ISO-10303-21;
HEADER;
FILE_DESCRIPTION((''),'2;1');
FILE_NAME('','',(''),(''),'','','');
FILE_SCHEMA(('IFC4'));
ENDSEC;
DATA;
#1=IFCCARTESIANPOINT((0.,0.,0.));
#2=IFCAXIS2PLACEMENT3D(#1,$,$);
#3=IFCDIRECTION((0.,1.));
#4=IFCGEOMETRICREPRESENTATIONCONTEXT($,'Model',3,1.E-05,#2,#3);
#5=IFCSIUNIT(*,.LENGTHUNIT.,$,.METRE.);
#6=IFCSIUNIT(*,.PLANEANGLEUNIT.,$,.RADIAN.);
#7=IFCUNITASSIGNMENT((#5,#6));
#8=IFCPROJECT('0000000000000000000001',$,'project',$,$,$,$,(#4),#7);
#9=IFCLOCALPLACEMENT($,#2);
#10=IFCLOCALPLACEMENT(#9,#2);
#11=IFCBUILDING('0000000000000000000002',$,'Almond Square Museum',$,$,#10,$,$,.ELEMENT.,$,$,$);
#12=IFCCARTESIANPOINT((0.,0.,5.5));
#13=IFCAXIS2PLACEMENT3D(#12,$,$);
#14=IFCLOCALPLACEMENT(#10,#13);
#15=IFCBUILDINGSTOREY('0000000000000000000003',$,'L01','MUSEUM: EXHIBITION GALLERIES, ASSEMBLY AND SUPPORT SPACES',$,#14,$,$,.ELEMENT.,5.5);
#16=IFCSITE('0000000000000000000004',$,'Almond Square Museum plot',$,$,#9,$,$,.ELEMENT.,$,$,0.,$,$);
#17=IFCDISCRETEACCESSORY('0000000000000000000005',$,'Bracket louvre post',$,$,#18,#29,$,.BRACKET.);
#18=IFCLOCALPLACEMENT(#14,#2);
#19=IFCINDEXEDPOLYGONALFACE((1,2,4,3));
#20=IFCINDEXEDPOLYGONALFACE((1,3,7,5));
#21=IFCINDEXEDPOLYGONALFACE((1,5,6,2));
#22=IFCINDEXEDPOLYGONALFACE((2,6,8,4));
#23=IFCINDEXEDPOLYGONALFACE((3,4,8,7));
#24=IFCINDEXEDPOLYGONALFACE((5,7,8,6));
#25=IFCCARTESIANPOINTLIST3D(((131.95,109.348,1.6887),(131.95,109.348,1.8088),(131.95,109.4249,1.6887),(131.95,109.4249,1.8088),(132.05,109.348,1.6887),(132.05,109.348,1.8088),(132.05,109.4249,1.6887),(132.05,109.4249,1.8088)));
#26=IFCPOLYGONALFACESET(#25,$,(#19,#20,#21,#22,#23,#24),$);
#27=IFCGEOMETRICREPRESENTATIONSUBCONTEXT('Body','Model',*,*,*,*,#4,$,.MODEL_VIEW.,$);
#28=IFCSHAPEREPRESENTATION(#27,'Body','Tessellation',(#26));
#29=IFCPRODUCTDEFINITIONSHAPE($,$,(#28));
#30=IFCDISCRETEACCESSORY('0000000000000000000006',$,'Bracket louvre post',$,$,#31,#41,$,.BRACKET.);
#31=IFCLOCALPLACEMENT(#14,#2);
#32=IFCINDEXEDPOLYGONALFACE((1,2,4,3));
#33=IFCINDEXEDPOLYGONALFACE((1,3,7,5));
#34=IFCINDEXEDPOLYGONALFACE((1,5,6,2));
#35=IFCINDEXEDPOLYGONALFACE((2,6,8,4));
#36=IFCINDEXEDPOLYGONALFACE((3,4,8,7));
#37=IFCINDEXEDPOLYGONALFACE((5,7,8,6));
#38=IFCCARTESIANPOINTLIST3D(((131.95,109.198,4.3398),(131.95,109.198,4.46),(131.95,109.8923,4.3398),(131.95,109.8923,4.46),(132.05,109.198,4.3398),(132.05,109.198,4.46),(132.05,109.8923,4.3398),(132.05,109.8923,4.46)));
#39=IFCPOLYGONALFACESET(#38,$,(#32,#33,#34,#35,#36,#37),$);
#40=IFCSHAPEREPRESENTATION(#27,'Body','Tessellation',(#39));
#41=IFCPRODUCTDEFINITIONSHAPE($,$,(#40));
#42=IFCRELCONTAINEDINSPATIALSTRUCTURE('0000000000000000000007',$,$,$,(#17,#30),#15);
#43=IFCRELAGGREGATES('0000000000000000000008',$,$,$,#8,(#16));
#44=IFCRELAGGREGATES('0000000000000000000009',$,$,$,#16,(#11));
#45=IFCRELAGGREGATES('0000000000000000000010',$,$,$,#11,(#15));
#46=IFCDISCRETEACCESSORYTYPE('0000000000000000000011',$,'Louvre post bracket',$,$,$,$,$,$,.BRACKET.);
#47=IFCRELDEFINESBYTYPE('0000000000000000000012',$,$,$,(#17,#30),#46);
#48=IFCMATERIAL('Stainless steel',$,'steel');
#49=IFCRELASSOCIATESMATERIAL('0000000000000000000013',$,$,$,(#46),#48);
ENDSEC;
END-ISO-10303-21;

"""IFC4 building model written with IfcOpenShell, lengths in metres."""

from ifc_helpers import new_model, si_unit, direction, frame, origin, origin_2d, place, context, subcontext, project, spatial, rectangle, extrude, material, type_object, element, save


model = new_model("IFC4")

# Units and contexts
model_context = context("Model", 3, precision=1e-05, world=origin(), true_north=direction((0.0, 1.0)))
body_context = subcontext(model_context, "Body", "Model", "MODEL_VIEW")
ifc_project = project(units=[si_unit("LENGTHUNIT", "METRE"), si_unit("PLANEANGLEUNIT", "RADIAN")], contexts=[model_context])

# Site, building, storey
site_placement = place(None, origin())
site = spatial("IfcSite", under=ifc_project, at=site_placement, Name="Almond Square Museum plot", CompositionType="ELEMENT", RefElevation=0.0)
building_placement = place(site_placement, origin())
building = spatial("IfcBuilding", under=site, at=building_placement, Name="Almond Square Museum", CompositionType="ELEMENT")
storey_placement = place(building_placement, frame((0.0, 0.0, 5.5)))
storey = spatial("IfcBuildingStorey", under=building, at=storey_placement, Name="L01", Description="MUSEUM: EXHIBITION GALLERIES, ASSEMBLY AND SUPPORT SPACES", CompositionType="ELEMENT", Elevation=5.5)

# Discrete accessories
ifc_material_1 = material(Name="Stainless steel", Category="steel")
discrete_accessory_type = type_object("IfcDiscreteAccessoryType", Name="Louvre post bracket", PredefinedType="BRACKET", material=ifc_material_1)
discrete_accessory_1_placement = place(storey_placement, frame((132.0, 109.3865, 1.6887), z_axis=(0.0, 0.0, 1.0), x_axis=(1.0, 0.0, 0.0)))
element("IfcDiscreteAccessory", 1, at=discrete_accessory_1_placement, inside=storey, type_object=discrete_accessory_type, Name="Bracket louvre post", PredefinedType="BRACKET", context=body_context, shape_type="SweptSolid", body=[
    extrude(rectangle(XDim=0.1001, YDim=0.0769, at=origin_2d()), origin(), (0.0, 0.0, 1.0), 0.1201),
])
discrete_accessory_2_placement = place(storey_placement, frame((132.0, 109.5452, 4.3398), z_axis=(0.0, 0.0, 1.0), x_axis=(1.0, 0.0, 0.0)))
element("IfcDiscreteAccessory", 2, at=discrete_accessory_2_placement, inside=storey, type_object=discrete_accessory_type, Name="Bracket louvre post", PredefinedType="BRACKET", context=body_context, shape_type="SweptSolid", body=[
    extrude(rectangle(XDim=0.1001, YDim=0.6943, at=origin_2d()), origin(), (0.0, 0.0, 1.0), 0.1201),
])

save(model, "model.ifc")
